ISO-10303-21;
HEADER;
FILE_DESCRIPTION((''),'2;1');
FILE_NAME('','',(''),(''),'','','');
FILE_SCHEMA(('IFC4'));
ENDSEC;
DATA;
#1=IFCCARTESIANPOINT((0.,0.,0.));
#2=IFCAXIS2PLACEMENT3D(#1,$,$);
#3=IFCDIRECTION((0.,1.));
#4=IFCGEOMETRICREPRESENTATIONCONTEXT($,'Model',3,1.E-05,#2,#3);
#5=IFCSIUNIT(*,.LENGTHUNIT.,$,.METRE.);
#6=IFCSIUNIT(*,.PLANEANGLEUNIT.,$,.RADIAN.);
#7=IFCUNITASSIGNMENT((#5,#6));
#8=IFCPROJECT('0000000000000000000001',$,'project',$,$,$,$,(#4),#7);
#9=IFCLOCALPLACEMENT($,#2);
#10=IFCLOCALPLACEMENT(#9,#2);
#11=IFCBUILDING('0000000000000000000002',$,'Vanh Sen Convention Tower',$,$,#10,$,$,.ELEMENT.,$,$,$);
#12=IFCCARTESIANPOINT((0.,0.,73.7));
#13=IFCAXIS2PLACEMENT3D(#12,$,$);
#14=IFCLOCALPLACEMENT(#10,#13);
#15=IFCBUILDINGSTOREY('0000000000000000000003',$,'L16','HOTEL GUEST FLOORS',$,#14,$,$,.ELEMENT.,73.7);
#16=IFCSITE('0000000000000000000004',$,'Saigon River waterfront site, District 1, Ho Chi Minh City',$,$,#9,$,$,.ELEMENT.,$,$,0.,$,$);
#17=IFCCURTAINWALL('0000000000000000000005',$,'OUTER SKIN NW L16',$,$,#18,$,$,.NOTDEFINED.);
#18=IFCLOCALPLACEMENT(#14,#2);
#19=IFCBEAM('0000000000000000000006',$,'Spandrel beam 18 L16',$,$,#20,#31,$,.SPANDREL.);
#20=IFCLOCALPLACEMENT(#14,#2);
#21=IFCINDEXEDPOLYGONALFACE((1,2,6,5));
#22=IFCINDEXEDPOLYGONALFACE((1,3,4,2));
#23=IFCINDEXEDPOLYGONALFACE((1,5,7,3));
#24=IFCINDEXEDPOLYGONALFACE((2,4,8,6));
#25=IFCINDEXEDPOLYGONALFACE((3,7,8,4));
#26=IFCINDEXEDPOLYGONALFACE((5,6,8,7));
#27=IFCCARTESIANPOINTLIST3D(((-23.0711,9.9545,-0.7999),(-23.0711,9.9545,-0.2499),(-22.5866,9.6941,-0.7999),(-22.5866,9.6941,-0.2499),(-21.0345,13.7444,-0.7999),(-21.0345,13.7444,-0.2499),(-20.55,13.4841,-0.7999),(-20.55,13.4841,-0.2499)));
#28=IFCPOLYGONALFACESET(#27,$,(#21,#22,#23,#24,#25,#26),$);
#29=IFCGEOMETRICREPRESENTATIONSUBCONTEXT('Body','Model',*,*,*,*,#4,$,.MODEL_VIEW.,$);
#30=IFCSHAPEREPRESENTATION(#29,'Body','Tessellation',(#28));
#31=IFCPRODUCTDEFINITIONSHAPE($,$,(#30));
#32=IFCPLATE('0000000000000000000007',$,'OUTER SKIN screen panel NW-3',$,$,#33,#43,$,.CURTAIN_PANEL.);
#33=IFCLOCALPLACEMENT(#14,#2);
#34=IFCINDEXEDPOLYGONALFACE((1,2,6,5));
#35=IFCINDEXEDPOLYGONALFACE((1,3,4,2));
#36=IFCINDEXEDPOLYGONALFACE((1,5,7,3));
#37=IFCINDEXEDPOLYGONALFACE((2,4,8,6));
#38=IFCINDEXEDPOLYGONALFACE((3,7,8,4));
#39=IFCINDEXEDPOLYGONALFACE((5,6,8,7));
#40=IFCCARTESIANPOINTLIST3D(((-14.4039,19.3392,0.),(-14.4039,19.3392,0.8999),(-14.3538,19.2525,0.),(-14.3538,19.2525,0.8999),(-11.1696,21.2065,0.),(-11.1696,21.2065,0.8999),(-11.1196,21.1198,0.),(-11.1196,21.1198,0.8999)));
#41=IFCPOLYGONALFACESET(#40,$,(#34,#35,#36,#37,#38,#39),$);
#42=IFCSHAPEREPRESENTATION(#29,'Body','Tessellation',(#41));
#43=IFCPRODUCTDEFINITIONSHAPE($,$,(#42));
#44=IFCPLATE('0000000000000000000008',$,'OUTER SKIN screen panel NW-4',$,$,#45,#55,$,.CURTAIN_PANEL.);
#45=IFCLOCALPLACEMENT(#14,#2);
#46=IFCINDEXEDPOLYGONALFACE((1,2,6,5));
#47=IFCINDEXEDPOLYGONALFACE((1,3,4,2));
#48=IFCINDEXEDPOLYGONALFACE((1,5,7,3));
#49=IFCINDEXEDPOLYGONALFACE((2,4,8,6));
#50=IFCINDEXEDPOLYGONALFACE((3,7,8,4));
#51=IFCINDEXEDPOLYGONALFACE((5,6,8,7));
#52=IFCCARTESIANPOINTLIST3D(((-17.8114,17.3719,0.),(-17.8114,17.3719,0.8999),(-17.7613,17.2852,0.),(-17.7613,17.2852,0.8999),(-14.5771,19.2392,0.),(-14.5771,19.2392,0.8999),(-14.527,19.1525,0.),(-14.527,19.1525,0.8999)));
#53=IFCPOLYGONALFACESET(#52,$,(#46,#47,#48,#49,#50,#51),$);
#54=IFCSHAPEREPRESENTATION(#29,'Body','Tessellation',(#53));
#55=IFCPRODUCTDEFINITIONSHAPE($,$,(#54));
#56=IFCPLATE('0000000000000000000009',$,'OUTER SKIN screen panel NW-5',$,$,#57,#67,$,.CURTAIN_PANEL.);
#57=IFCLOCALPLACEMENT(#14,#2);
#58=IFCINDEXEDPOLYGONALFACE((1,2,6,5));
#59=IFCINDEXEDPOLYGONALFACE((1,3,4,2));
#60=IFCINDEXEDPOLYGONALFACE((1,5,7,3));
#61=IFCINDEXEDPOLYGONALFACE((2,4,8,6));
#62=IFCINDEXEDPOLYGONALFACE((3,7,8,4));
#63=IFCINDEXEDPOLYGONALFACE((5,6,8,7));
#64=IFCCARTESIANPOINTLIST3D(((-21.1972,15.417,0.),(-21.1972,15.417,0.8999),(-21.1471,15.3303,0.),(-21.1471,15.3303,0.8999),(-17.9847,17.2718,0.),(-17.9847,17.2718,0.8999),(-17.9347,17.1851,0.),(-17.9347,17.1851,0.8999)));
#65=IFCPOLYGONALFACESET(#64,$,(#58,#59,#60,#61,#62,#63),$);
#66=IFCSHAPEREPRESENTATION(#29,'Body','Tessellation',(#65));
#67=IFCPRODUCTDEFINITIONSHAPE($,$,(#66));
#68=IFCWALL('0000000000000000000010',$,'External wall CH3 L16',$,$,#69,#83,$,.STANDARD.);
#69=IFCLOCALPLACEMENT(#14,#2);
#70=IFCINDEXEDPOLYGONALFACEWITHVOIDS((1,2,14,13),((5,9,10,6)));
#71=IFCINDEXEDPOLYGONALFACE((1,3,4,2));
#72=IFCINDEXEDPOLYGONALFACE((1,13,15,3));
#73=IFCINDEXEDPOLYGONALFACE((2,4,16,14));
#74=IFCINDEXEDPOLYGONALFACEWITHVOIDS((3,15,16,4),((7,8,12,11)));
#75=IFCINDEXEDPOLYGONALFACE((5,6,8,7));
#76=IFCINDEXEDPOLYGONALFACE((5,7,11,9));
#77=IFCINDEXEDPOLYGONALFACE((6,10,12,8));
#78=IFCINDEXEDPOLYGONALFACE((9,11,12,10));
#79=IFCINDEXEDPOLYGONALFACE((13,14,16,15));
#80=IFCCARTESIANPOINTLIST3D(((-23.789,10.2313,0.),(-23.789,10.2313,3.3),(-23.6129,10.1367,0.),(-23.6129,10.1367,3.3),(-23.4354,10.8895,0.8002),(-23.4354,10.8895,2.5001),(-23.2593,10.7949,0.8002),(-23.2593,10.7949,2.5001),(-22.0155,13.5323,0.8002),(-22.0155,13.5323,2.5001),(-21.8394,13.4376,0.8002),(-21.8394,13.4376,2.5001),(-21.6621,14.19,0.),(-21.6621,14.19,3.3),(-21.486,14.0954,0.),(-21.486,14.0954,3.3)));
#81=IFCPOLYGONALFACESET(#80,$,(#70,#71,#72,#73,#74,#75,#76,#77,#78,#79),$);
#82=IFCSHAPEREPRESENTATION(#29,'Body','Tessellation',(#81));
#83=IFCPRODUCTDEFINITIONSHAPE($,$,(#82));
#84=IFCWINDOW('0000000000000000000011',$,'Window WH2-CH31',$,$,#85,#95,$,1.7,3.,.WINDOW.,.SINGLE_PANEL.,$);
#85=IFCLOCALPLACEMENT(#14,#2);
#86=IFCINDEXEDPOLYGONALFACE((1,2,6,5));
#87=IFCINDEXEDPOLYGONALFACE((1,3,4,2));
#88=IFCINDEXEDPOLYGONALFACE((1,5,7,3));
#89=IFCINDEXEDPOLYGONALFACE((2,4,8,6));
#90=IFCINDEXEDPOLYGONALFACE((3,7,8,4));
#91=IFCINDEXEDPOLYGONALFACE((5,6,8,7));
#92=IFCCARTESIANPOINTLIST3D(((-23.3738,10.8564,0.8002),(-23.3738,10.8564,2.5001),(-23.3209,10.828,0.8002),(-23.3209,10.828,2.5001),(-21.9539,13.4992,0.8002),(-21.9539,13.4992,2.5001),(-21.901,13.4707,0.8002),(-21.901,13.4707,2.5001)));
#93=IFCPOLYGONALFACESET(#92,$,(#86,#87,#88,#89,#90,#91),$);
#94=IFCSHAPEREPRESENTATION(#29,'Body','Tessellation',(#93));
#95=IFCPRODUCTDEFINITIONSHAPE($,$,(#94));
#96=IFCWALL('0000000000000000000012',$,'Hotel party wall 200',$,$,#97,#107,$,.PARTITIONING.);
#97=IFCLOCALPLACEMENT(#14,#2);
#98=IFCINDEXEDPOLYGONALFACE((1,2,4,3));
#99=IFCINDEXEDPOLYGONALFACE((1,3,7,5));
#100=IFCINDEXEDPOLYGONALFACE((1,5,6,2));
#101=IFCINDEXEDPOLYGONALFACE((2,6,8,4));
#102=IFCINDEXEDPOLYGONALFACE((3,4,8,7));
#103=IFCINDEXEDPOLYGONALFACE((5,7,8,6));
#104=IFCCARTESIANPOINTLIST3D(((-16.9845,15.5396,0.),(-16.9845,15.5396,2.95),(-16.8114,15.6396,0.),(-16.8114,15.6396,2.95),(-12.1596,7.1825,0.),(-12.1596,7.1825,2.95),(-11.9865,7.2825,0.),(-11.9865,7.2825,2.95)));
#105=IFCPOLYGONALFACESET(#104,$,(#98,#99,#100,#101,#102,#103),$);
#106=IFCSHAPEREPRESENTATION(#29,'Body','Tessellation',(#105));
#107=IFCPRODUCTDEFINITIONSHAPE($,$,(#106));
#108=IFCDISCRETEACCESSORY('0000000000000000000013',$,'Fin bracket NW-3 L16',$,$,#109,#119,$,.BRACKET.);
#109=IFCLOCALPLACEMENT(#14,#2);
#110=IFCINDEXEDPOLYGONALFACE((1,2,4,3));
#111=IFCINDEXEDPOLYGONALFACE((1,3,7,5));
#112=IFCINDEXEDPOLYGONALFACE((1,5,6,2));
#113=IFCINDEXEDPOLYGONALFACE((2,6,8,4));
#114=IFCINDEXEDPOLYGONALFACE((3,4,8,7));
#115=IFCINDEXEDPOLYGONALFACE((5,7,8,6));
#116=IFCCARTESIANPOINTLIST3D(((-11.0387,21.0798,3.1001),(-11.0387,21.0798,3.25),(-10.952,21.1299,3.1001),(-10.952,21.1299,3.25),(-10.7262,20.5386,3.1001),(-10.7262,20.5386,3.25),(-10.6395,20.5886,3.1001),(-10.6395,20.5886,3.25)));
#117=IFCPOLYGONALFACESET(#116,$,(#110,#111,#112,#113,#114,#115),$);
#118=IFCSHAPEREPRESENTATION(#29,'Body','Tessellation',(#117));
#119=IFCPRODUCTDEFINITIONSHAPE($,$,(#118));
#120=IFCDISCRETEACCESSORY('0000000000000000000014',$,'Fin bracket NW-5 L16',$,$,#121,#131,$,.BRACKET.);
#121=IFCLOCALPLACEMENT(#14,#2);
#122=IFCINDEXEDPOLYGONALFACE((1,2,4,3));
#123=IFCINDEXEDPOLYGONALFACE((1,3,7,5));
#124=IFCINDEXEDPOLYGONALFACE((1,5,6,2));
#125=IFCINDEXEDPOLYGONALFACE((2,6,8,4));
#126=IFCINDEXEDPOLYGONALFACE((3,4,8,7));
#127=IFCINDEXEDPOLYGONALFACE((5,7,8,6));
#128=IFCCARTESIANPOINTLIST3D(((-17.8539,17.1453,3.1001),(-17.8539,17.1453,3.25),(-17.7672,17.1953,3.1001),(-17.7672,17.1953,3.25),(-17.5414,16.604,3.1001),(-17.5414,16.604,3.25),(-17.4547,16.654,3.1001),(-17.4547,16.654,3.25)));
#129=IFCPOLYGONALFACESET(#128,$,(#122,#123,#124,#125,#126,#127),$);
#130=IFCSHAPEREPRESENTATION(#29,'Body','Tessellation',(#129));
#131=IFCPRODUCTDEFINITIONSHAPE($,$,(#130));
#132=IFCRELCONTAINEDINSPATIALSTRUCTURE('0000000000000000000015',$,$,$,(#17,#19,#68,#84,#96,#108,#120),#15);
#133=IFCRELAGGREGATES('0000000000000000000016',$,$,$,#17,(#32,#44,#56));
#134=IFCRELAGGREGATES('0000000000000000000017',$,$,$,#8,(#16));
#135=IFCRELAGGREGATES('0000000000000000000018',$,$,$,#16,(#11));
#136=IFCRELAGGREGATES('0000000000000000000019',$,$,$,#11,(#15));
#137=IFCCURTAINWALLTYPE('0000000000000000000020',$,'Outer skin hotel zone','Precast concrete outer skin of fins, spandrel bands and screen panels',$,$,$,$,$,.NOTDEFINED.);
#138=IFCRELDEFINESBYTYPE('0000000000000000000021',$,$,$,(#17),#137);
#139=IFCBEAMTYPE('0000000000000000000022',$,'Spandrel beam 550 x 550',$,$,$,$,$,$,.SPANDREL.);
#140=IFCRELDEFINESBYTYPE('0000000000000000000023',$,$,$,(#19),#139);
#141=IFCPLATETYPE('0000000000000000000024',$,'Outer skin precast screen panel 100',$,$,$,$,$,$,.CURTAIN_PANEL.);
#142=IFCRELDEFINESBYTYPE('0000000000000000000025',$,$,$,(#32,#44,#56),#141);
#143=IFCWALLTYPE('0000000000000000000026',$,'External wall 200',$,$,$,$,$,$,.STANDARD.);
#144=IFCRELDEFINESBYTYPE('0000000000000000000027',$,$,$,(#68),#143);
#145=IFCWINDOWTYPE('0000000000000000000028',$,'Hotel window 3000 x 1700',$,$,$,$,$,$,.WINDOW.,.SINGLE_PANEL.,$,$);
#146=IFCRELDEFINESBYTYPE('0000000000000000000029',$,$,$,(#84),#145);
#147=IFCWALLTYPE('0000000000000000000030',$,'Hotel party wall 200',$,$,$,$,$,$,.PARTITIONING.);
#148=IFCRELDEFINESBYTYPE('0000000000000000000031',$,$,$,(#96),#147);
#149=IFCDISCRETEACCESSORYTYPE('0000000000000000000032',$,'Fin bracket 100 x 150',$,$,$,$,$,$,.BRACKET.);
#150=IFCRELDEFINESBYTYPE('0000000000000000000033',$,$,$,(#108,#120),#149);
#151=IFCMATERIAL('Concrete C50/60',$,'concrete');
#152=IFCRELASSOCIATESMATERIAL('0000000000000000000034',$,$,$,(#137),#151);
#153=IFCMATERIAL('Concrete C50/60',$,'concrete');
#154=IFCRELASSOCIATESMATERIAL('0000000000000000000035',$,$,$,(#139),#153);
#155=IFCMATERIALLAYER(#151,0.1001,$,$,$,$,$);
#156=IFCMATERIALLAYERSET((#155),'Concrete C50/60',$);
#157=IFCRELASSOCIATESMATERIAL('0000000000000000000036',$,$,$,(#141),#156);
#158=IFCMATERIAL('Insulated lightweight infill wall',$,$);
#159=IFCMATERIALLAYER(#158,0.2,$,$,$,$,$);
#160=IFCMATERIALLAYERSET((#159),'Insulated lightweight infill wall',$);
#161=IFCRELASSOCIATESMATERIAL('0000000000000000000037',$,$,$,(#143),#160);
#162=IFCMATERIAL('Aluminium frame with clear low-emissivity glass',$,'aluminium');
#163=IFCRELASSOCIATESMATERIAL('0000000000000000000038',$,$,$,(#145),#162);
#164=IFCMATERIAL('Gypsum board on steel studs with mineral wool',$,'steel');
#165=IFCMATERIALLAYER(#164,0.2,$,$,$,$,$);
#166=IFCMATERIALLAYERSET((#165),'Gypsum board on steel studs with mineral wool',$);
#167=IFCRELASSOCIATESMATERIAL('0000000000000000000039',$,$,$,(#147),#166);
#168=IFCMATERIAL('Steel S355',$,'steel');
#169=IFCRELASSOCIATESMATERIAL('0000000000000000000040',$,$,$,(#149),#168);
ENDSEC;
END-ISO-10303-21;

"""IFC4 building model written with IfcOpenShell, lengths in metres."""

from ifc_helpers import new_model, si_unit, direction, frame, frame_2d, origin, origin_2d, place, context, subcontext, project, spatial, rectangle, extrude, material, layer, layer_set, material_profile, profile_set, type_object, element, fill, aggregate, save


model = new_model("IFC4")

# Units and contexts
model_context = context("Model", 3, precision=1e-05, world=origin(), true_north=direction((0.0, 1.0)))
body_context = subcontext(model_context, "Body", "Model", "MODEL_VIEW")
ifc_project = project(units=[si_unit("LENGTHUNIT", "METRE"), si_unit("PLANEANGLEUNIT", "RADIAN")], contexts=[model_context])

# Site, building, storey
site_placement = place(None, origin())
site = spatial("IfcSite", under=ifc_project, at=site_placement, Name="Saigon River waterfront site, District 1, Ho Chi Minh City", CompositionType="ELEMENT", RefElevation=0.0)
building_placement = place(site_placement, origin())
building = spatial("IfcBuilding", under=site, at=building_placement, Name="Vanh Sen Convention Tower", CompositionType="ELEMENT")
storey_placement = place(building_placement, frame((0.0, 0.0, 73.7)))
storey = spatial("IfcBuildingStorey", under=building, at=storey_placement, Name="L16", Description="HOTEL GUEST FLOORS", CompositionType="ELEMENT", Elevation=73.7)

# Curtain wall
ifc_material_1 = material(Name="Concrete C50/60", Category="concrete")
curtain_wall_type = type_object("IfcCurtainWallType", Name="Outer skin hotel zone", Description="Precast concrete outer skin of fins, spandrel bands and screen panels", PredefinedType="NOTDEFINED", material=ifc_material_1)
curtain_wall_1_placement = place(storey_placement, origin())
curtain_wall_1 = element("IfcCurtainWall", 1, at=curtain_wall_1_placement, inside=storey, type_object=curtain_wall_type, Name="OUTER SKIN NW L16", PredefinedType="NOTDEFINED")

# Beam
ifc_material_2 = material(Name="Concrete C50/60", Category="concrete")
ifc_material_profile_1 = material_profile(ifc_material_2, rectangle(XDim=0.55, YDim=0.55, at=origin_2d()), Name="RC 550X550")
ifc_profile_set_1 = profile_set([ifc_material_profile_1], Name="Concrete C50/60")
beam_type_1 = type_object("IfcBeamType", Name="Spandrel beam 550 x 550", PredefinedType="SPANDREL", material=ifc_profile_set_1)
beam_1_placement = place(storey_placement, frame((-20.7922, 13.6143, -0.5249), z_axis=(-0.473348, -0.880875, 0.0), x_axis=(0.880875, -0.473348, 0.0)))
element("IfcBeam", 2, at=beam_1_placement, inside=storey, type_object=beam_type_1, Name="Spandrel beam 18 L16", PredefinedType="SPANDREL", context=body_context, shape_type="SweptSolid", body=[
    extrude(rectangle(XDim=0.55, YDim=0.55, at=origin_2d()), origin(), (0.0, 0.0, 1.0), 4.3025),
])

# Plates
ifc_layer_1 = layer(ifc_material_1, 0.1001)
ifc_layer_set_1 = layer_set([ifc_layer_1], Name="Concrete C50/60")
plate_type = type_object("IfcPlateType", Name="Outer skin precast screen panel 100", PredefinedType="CURTAIN_PANEL", material=ifc_layer_set_1)
plate_1_placement = place(storey_placement, frame((-12.7617, 20.2295, 0.0), z_axis=(0.0, 0.0, 1.0), x_axis=(-0.866028, -0.499995, 0.0)))
plate_1 = element("IfcPlate", 3, at=plate_1_placement, type_object=plate_type, Name="OUTER SKIN screen panel NW-3", PredefinedType="CURTAIN_PANEL", context=body_context, shape_type="SweptSolid", body=[
    extrude(rectangle(XDim=3.7346, YDim=0.1001, at=origin_2d()), origin(), (0.0, 0.0, 1.0), 0.8999),
])
plate_2_placement = place(storey_placement, frame((-16.1692, 18.2622, 0.0), z_axis=(0.0, 0.0, 1.0), x_axis=(-0.866028, -0.499995, 0.0)))
plate_2 = element("IfcPlate", 4, at=plate_2_placement, type_object=plate_type, Name="OUTER SKIN screen panel NW-4", PredefinedType="CURTAIN_PANEL", context=body_context, shape_type="SweptSolid", body=[
    extrude(rectangle(XDim=3.7346, YDim=0.1001, at=origin_2d()), origin(), (0.0, 0.0, 1.0), 0.8999),
])
plate_3_placement = place(storey_placement, frame((-19.5659, 16.301, 0.0), z_axis=(0.0, 0.0, 1.0), x_axis=(-0.866021, -0.500008, 0.0)))
plate_3 = element("IfcPlate", 5, at=plate_3_placement, type_object=plate_type, Name="OUTER SKIN screen panel NW-5", PredefinedType="CURTAIN_PANEL", context=body_context, shape_type="SweptSolid", body=[
    extrude(rectangle(XDim=3.7095, YDim=0.1001, at=origin_2d()), origin(), (0.0, 0.0, 1.0), 0.8999),
])
aggregate(curtain_wall_1, [plate_1, plate_2, plate_3])

# Wall, opening, window
ifc_material_3 = material(Name="Insulated lightweight infill wall")
ifc_layer_2 = layer(ifc_material_3, 0.2)
ifc_layer_set_2 = layer_set([ifc_layer_2], Name="Insulated lightweight infill wall")
wall_type_1 = type_object("IfcWallType", Name="External wall 200", PredefinedType="STANDARD", material=ifc_layer_set_2)
wall_1_placement = place(storey_placement, frame((-21.574, 14.1428, 0.0), z_axis=(0.0, 0.0, 1.0), x_axis=(-0.473293, -0.880905, 0.0)))
wall_1 = element("IfcWall", 6, at=wall_1_placement, inside=storey, type_object=wall_type_1, Name="External wall CH3 L16", PredefinedType="STANDARD", context=body_context, shape_type="SweptSolid", body=[
    extrude(rectangle(XDim=4.4939, YDim=0.2, at=frame_2d((2.2471, 0.0))), origin(), (0.0, 0.0, 1.0), 3.3),
])
opening_placement = place(wall_1_placement, frame((0.7468, 0.0, 0.8)))
opening = element("IfcOpeningElement", 7, at=opening_placement, cuts=wall_1, PredefinedType="OPENING", context=body_context, shape_type="SweptSolid", body=[
    extrude(rectangle(XDim=3.0, YDim=1.7, at=frame_2d((1.5, 0.8501))), frame((0.0, 0.1099, 0.0), z_axis=(0.0, -1.0, 0.0), x_axis=(1.0, 0.0, 0.0)), (0.0, 0.0, 1.0), 0.22),
])
ifc_material_4 = material(Name="Aluminium frame with clear low-emissivity glass", Category="aluminium")
window_type = type_object("IfcWindowType", Name="Hotel window 3000 x 1700", PartitioningType="SINGLE_PANEL", PredefinedType="WINDOW", material=ifc_material_4)
window_placement = place(opening_placement, origin())
window = element("IfcWindow", 8, at=window_placement, inside=storey, type_object=window_type, Name="Window WH2-CH31", OverallHeight=1.7, OverallWidth=3.0, PartitioningType="SINGLE_PANEL", PredefinedType="WINDOW", context=body_context, shape_type="SweptSolid", body=[
    extrude(rectangle(XDim=3.0, YDim=1.7, at=frame_2d((1.5, 0.8501))), frame((0.0, 0.03, 0.0), z_axis=(0.0, -1.0, 0.0), x_axis=(1.0, 0.0, 0.0)), (0.0, 0.0, 1.0), 0.0601),
])
fill(opening, window)

# Wall
ifc_material_5 = material(Name="Gypsum board on steel studs with mineral wool", Category="steel")
ifc_layer_3 = layer(ifc_material_5, 0.2)
ifc_layer_set_3 = layer_set([ifc_layer_3], Name="Gypsum board on steel studs with mineral wool")
wall_type_2 = type_object("IfcWallType", Name="Hotel party wall 200", PredefinedType="PARTITIONING", material=ifc_layer_set_3)
wall_2_placement = place(storey_placement, frame((-16.8979, 15.5896, 0.0), z_axis=(0.0, 0.0, 1.0), x_axis=(0.499995, -0.866028, 0.0)))
element("IfcWall", 9, at=wall_2_placement, inside=storey, type_object=wall_type_2, Name="Hotel party wall 200", PredefinedType="PARTITIONING", context=body_context, shape_type="SweptSolid", body=[
    extrude(rectangle(XDim=9.6499, YDim=0.2, at=frame_2d((4.825, 0.0))), origin(), (0.0, 0.0, 1.0), 2.95),
])

# Discrete accessories
ifc_material_6 = material(Name="Steel S355", Category="steel")
discrete_accessory_type = type_object("IfcDiscreteAccessoryType", Name="Fin bracket 100 x 150", PredefinedType="BRACKET", material=ifc_material_6)
for number, where, z_axis, x_axis, name in (
    (10, (-10.8391, 20.8342, 3.1001), (0.0, 0.0, 1.0), (-0.5, 0.866025, 0.0), "Fin bracket NW-3 L16"),
    (11, (-17.6543, 16.8997, 3.1001), (0.0, 0.0, 1.0), (-0.5, 0.866025, 0.0), "Fin bracket NW-5 L16"),
):
    element("IfcDiscreteAccessory", number, at=place(storey_placement, frame(where, z_axis=z_axis, x_axis=x_axis)), inside=storey, type_object=discrete_accessory_type, Name=name, PredefinedType="BRACKET", context=body_context, shape_type="SweptSolid", body=[
        extrude(rectangle(XDim=0.625, YDim=0.1001, at=origin_2d()), origin(), (0.0, 0.0, 1.0), 0.1499),
    ])

save(model, "model.ifc")
